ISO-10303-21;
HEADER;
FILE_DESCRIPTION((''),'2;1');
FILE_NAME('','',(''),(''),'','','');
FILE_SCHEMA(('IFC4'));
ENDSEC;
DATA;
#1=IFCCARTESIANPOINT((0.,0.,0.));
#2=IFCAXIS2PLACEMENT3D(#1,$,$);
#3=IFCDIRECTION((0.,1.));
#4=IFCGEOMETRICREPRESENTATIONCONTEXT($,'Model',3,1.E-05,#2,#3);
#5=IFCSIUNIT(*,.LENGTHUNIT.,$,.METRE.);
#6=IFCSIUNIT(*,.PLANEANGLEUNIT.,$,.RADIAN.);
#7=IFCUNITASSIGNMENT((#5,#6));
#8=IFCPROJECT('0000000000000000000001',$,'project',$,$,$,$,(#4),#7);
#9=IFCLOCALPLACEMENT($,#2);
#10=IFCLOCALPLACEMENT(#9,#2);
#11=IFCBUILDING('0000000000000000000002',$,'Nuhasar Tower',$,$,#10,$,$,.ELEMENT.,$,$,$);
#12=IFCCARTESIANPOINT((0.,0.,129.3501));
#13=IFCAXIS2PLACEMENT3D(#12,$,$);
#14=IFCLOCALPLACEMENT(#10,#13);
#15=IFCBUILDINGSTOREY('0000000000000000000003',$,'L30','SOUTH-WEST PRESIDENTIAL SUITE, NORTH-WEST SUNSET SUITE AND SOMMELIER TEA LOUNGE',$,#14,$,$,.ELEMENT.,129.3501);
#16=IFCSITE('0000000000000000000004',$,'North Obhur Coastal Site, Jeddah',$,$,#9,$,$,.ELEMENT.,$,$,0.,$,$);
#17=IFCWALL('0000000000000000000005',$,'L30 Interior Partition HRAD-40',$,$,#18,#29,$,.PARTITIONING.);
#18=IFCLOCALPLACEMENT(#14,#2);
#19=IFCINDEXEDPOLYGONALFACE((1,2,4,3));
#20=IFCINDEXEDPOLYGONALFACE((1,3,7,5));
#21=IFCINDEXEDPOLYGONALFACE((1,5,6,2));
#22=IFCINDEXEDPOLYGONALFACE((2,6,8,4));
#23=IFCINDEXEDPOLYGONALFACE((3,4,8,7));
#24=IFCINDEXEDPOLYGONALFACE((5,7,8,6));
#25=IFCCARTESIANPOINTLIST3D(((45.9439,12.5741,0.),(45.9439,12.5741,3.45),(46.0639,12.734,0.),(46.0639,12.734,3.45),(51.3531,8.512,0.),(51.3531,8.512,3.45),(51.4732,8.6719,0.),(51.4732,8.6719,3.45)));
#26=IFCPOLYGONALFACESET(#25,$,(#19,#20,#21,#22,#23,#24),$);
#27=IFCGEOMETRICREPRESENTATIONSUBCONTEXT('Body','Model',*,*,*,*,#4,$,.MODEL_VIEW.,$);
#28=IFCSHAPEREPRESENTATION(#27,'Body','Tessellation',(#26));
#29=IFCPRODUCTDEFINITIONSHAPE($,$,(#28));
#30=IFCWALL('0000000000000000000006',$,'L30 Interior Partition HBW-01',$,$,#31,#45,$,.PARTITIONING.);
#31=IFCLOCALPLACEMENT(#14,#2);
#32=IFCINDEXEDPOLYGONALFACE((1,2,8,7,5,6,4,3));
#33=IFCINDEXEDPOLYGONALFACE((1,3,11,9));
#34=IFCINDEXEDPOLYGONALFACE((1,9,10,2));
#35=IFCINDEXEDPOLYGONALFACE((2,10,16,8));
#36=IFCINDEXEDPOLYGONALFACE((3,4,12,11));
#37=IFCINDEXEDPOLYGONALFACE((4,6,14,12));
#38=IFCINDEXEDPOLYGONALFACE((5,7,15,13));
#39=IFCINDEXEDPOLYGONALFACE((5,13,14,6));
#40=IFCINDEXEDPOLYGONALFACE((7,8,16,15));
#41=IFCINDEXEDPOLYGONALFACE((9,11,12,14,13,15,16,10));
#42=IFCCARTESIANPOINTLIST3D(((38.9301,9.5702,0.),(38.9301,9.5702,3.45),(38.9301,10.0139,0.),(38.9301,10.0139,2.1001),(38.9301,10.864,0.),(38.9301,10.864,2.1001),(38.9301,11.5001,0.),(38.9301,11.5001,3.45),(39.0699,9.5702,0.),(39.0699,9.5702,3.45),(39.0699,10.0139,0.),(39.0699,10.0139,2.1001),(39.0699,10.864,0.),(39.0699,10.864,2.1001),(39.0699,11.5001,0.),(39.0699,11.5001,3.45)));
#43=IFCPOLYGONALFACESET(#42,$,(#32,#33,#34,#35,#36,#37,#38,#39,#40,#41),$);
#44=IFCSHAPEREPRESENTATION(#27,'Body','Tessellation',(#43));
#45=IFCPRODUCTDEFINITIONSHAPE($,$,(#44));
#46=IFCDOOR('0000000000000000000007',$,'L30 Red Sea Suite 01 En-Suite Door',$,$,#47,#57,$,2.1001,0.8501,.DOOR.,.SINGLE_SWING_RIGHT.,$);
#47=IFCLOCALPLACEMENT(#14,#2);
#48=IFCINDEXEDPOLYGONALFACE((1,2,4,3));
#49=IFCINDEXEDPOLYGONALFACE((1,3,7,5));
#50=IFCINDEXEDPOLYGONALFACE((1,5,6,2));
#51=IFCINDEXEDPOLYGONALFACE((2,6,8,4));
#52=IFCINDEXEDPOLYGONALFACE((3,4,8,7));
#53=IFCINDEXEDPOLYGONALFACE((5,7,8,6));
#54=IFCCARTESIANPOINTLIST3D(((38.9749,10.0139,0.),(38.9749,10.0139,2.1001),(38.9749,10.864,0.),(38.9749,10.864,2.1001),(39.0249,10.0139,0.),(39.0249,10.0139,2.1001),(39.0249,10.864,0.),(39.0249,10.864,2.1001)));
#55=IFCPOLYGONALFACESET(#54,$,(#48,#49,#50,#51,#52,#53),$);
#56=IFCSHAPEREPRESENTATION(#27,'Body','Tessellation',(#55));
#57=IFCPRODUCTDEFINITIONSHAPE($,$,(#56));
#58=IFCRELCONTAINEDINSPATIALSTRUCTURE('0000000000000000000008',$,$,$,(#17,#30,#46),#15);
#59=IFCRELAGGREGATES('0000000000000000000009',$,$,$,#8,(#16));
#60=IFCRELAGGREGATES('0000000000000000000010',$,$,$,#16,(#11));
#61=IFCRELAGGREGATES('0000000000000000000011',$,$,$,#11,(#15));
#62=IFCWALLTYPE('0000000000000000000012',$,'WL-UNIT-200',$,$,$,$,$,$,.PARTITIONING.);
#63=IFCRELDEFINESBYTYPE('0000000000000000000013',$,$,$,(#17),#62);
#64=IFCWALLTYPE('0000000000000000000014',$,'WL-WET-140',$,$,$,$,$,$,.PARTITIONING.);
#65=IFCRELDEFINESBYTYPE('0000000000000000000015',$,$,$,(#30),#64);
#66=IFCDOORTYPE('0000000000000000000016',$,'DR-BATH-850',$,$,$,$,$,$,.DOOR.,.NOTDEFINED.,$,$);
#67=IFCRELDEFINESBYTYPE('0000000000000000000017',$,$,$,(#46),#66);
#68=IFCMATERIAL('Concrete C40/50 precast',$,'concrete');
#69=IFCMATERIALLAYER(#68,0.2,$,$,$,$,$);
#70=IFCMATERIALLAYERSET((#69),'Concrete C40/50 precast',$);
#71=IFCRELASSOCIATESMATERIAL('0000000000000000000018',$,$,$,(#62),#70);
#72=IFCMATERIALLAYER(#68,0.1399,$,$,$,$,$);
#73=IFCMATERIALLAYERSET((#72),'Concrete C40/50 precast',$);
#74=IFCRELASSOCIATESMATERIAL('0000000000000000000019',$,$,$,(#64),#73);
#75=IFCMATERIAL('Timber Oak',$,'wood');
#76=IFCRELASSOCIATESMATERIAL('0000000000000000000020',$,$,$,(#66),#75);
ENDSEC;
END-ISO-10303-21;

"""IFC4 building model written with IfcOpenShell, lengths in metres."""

from ifc_helpers import new_model, si_unit, direction, frame, frame_2d, origin, place, context, subcontext, project, spatial, rectangle, extrude, material, layer, layer_set, type_object, element, fill, save


model = new_model("IFC4")

# Units and contexts
model_context = context("Model", 3, precision=1e-05, world=origin(), true_north=direction((0.0, 1.0)))
body_context = subcontext(model_context, "Body", "Model", "MODEL_VIEW")
ifc_project = project(units=[si_unit("LENGTHUNIT", "METRE"), si_unit("PLANEANGLEUNIT", "RADIAN")], contexts=[model_context])

# Site, building, storey
site_placement = place(None, origin())
site = spatial("IfcSite", under=ifc_project, at=site_placement, Name="North Obhur Coastal Site, Jeddah", CompositionType="ELEMENT", RefElevation=0.0)
building_placement = place(site_placement, origin())
building = spatial("IfcBuilding", under=site, at=building_placement, Name="Nuhasar Tower", CompositionType="ELEMENT")
storey_placement = place(building_placement, frame((0.0, 0.0, 129.3501)))
storey = spatial("IfcBuildingStorey", under=building, at=storey_placement, Name="L30", Description="SOUTH-WEST PRESIDENTIAL SUITE, NORTH-WEST SUNSET SUITE AND SOMMELIER TEA LOUNGE", CompositionType="ELEMENT", Elevation=129.3501)

# Shared definitions
ifc_material_1 = material(Name="Timber Oak", Category="wood")

# Wall
ifc_material_2 = material(Name="Concrete C40/50 precast", Category="concrete")
ifc_layer_1 = layer(ifc_material_2, 0.2)
ifc_layer_set_1 = layer_set([ifc_layer_1], Name="Concrete C40/50 precast")
wall_type_1 = type_object("IfcWallType", Name="WL-UNIT-200", PredefinedType="PARTITIONING", material=ifc_layer_set_1)
wall_1_placement = place(storey_placement, frame((46.0039, 12.6541, 0.0), z_axis=(0.0, 0.0, 1.0), x_axis=(0.799636, -0.600485, 0.0)))
element("IfcWall", 1, at=wall_1_placement, inside=storey, type_object=wall_type_1, Name="L30 Interior Partition HRAD-40", PredefinedType="PARTITIONING", context=body_context, shape_type="SweptSolid", body=[
    extrude(rectangle(XDim=6.7646, YDim=0.2, at=frame_2d((3.3823, 0.0))), origin(), (0.0, 0.0, 1.0), 3.45),
])

# Wall, opening, door
ifc_layer_2 = layer(ifc_material_2, 0.1399)
ifc_layer_set_2 = layer_set([ifc_layer_2], Name="Concrete C40/50 precast")
wall_type_2 = type_object("IfcWallType", Name="WL-WET-140", PredefinedType="PARTITIONING", material=ifc_layer_set_2)
wall_2_placement = place(storey_placement, frame((39.0, 11.5, 0.0), z_axis=(0.0, 0.0, 1.0), x_axis=(0.0, -1.0, 0.0)))
wall_2 = element("IfcWall", 2, at=wall_2_placement, inside=storey, type_object=wall_type_2, Name="L30 Interior Partition HBW-01", PredefinedType="PARTITIONING", context=body_context, shape_type="SweptSolid", body=[
    extrude(rectangle(XDim=1.9299, YDim=0.1399, at=frame_2d((0.9648, 0.0))), origin(), (0.0, 0.0, 1.0), 3.45),
])
opening_1_placement = place(wall_2_placement, frame((0.636, 0.0, 0.0)))
opening_1 = element("IfcOpeningElement", 3, at=opening_1_placement, cuts=wall_2, PredefinedType="OPENING", context=body_context, shape_type="SweptSolid", body=[
    extrude(rectangle(XDim=0.8501, YDim=2.1001, at=frame_2d((0.425, 1.05))), frame((0.0, 0.0801, 0.0), z_axis=(0.0, -1.0, 0.0), x_axis=(1.0, 0.0, 0.0)), (0.0, 0.0, 1.0), 0.1599),
])
door_type_1 = type_object("IfcDoorType", Name="DR-BATH-850", OperationType="NOTDEFINED", PredefinedType="DOOR", material=ifc_material_1)
door_1_placement = place(opening_1_placement, origin())
door_1 = element("IfcDoor", 4, at=door_1_placement, inside=storey, type_object=door_type_1, Name="L30 Red Sea Suite 01 En-Suite Door", OperationType="SINGLE_SWING_RIGHT", OverallHeight=2.1001, OverallWidth=0.8501, PredefinedType="DOOR", context=body_context, shape_type="SweptSolid", body=[
    extrude(rectangle(XDim=0.8501, YDim=2.1001, at=frame_2d((0.425, 1.05))), frame((0.0, 0.0249, 0.0), z_axis=(0.0, -1.0, 0.0), x_axis=(1.0, 0.0, 0.0)), (0.0, 0.0, 1.0), 0.05),
])
fill(opening_1, door_1)

save(model, "model.ifc")
